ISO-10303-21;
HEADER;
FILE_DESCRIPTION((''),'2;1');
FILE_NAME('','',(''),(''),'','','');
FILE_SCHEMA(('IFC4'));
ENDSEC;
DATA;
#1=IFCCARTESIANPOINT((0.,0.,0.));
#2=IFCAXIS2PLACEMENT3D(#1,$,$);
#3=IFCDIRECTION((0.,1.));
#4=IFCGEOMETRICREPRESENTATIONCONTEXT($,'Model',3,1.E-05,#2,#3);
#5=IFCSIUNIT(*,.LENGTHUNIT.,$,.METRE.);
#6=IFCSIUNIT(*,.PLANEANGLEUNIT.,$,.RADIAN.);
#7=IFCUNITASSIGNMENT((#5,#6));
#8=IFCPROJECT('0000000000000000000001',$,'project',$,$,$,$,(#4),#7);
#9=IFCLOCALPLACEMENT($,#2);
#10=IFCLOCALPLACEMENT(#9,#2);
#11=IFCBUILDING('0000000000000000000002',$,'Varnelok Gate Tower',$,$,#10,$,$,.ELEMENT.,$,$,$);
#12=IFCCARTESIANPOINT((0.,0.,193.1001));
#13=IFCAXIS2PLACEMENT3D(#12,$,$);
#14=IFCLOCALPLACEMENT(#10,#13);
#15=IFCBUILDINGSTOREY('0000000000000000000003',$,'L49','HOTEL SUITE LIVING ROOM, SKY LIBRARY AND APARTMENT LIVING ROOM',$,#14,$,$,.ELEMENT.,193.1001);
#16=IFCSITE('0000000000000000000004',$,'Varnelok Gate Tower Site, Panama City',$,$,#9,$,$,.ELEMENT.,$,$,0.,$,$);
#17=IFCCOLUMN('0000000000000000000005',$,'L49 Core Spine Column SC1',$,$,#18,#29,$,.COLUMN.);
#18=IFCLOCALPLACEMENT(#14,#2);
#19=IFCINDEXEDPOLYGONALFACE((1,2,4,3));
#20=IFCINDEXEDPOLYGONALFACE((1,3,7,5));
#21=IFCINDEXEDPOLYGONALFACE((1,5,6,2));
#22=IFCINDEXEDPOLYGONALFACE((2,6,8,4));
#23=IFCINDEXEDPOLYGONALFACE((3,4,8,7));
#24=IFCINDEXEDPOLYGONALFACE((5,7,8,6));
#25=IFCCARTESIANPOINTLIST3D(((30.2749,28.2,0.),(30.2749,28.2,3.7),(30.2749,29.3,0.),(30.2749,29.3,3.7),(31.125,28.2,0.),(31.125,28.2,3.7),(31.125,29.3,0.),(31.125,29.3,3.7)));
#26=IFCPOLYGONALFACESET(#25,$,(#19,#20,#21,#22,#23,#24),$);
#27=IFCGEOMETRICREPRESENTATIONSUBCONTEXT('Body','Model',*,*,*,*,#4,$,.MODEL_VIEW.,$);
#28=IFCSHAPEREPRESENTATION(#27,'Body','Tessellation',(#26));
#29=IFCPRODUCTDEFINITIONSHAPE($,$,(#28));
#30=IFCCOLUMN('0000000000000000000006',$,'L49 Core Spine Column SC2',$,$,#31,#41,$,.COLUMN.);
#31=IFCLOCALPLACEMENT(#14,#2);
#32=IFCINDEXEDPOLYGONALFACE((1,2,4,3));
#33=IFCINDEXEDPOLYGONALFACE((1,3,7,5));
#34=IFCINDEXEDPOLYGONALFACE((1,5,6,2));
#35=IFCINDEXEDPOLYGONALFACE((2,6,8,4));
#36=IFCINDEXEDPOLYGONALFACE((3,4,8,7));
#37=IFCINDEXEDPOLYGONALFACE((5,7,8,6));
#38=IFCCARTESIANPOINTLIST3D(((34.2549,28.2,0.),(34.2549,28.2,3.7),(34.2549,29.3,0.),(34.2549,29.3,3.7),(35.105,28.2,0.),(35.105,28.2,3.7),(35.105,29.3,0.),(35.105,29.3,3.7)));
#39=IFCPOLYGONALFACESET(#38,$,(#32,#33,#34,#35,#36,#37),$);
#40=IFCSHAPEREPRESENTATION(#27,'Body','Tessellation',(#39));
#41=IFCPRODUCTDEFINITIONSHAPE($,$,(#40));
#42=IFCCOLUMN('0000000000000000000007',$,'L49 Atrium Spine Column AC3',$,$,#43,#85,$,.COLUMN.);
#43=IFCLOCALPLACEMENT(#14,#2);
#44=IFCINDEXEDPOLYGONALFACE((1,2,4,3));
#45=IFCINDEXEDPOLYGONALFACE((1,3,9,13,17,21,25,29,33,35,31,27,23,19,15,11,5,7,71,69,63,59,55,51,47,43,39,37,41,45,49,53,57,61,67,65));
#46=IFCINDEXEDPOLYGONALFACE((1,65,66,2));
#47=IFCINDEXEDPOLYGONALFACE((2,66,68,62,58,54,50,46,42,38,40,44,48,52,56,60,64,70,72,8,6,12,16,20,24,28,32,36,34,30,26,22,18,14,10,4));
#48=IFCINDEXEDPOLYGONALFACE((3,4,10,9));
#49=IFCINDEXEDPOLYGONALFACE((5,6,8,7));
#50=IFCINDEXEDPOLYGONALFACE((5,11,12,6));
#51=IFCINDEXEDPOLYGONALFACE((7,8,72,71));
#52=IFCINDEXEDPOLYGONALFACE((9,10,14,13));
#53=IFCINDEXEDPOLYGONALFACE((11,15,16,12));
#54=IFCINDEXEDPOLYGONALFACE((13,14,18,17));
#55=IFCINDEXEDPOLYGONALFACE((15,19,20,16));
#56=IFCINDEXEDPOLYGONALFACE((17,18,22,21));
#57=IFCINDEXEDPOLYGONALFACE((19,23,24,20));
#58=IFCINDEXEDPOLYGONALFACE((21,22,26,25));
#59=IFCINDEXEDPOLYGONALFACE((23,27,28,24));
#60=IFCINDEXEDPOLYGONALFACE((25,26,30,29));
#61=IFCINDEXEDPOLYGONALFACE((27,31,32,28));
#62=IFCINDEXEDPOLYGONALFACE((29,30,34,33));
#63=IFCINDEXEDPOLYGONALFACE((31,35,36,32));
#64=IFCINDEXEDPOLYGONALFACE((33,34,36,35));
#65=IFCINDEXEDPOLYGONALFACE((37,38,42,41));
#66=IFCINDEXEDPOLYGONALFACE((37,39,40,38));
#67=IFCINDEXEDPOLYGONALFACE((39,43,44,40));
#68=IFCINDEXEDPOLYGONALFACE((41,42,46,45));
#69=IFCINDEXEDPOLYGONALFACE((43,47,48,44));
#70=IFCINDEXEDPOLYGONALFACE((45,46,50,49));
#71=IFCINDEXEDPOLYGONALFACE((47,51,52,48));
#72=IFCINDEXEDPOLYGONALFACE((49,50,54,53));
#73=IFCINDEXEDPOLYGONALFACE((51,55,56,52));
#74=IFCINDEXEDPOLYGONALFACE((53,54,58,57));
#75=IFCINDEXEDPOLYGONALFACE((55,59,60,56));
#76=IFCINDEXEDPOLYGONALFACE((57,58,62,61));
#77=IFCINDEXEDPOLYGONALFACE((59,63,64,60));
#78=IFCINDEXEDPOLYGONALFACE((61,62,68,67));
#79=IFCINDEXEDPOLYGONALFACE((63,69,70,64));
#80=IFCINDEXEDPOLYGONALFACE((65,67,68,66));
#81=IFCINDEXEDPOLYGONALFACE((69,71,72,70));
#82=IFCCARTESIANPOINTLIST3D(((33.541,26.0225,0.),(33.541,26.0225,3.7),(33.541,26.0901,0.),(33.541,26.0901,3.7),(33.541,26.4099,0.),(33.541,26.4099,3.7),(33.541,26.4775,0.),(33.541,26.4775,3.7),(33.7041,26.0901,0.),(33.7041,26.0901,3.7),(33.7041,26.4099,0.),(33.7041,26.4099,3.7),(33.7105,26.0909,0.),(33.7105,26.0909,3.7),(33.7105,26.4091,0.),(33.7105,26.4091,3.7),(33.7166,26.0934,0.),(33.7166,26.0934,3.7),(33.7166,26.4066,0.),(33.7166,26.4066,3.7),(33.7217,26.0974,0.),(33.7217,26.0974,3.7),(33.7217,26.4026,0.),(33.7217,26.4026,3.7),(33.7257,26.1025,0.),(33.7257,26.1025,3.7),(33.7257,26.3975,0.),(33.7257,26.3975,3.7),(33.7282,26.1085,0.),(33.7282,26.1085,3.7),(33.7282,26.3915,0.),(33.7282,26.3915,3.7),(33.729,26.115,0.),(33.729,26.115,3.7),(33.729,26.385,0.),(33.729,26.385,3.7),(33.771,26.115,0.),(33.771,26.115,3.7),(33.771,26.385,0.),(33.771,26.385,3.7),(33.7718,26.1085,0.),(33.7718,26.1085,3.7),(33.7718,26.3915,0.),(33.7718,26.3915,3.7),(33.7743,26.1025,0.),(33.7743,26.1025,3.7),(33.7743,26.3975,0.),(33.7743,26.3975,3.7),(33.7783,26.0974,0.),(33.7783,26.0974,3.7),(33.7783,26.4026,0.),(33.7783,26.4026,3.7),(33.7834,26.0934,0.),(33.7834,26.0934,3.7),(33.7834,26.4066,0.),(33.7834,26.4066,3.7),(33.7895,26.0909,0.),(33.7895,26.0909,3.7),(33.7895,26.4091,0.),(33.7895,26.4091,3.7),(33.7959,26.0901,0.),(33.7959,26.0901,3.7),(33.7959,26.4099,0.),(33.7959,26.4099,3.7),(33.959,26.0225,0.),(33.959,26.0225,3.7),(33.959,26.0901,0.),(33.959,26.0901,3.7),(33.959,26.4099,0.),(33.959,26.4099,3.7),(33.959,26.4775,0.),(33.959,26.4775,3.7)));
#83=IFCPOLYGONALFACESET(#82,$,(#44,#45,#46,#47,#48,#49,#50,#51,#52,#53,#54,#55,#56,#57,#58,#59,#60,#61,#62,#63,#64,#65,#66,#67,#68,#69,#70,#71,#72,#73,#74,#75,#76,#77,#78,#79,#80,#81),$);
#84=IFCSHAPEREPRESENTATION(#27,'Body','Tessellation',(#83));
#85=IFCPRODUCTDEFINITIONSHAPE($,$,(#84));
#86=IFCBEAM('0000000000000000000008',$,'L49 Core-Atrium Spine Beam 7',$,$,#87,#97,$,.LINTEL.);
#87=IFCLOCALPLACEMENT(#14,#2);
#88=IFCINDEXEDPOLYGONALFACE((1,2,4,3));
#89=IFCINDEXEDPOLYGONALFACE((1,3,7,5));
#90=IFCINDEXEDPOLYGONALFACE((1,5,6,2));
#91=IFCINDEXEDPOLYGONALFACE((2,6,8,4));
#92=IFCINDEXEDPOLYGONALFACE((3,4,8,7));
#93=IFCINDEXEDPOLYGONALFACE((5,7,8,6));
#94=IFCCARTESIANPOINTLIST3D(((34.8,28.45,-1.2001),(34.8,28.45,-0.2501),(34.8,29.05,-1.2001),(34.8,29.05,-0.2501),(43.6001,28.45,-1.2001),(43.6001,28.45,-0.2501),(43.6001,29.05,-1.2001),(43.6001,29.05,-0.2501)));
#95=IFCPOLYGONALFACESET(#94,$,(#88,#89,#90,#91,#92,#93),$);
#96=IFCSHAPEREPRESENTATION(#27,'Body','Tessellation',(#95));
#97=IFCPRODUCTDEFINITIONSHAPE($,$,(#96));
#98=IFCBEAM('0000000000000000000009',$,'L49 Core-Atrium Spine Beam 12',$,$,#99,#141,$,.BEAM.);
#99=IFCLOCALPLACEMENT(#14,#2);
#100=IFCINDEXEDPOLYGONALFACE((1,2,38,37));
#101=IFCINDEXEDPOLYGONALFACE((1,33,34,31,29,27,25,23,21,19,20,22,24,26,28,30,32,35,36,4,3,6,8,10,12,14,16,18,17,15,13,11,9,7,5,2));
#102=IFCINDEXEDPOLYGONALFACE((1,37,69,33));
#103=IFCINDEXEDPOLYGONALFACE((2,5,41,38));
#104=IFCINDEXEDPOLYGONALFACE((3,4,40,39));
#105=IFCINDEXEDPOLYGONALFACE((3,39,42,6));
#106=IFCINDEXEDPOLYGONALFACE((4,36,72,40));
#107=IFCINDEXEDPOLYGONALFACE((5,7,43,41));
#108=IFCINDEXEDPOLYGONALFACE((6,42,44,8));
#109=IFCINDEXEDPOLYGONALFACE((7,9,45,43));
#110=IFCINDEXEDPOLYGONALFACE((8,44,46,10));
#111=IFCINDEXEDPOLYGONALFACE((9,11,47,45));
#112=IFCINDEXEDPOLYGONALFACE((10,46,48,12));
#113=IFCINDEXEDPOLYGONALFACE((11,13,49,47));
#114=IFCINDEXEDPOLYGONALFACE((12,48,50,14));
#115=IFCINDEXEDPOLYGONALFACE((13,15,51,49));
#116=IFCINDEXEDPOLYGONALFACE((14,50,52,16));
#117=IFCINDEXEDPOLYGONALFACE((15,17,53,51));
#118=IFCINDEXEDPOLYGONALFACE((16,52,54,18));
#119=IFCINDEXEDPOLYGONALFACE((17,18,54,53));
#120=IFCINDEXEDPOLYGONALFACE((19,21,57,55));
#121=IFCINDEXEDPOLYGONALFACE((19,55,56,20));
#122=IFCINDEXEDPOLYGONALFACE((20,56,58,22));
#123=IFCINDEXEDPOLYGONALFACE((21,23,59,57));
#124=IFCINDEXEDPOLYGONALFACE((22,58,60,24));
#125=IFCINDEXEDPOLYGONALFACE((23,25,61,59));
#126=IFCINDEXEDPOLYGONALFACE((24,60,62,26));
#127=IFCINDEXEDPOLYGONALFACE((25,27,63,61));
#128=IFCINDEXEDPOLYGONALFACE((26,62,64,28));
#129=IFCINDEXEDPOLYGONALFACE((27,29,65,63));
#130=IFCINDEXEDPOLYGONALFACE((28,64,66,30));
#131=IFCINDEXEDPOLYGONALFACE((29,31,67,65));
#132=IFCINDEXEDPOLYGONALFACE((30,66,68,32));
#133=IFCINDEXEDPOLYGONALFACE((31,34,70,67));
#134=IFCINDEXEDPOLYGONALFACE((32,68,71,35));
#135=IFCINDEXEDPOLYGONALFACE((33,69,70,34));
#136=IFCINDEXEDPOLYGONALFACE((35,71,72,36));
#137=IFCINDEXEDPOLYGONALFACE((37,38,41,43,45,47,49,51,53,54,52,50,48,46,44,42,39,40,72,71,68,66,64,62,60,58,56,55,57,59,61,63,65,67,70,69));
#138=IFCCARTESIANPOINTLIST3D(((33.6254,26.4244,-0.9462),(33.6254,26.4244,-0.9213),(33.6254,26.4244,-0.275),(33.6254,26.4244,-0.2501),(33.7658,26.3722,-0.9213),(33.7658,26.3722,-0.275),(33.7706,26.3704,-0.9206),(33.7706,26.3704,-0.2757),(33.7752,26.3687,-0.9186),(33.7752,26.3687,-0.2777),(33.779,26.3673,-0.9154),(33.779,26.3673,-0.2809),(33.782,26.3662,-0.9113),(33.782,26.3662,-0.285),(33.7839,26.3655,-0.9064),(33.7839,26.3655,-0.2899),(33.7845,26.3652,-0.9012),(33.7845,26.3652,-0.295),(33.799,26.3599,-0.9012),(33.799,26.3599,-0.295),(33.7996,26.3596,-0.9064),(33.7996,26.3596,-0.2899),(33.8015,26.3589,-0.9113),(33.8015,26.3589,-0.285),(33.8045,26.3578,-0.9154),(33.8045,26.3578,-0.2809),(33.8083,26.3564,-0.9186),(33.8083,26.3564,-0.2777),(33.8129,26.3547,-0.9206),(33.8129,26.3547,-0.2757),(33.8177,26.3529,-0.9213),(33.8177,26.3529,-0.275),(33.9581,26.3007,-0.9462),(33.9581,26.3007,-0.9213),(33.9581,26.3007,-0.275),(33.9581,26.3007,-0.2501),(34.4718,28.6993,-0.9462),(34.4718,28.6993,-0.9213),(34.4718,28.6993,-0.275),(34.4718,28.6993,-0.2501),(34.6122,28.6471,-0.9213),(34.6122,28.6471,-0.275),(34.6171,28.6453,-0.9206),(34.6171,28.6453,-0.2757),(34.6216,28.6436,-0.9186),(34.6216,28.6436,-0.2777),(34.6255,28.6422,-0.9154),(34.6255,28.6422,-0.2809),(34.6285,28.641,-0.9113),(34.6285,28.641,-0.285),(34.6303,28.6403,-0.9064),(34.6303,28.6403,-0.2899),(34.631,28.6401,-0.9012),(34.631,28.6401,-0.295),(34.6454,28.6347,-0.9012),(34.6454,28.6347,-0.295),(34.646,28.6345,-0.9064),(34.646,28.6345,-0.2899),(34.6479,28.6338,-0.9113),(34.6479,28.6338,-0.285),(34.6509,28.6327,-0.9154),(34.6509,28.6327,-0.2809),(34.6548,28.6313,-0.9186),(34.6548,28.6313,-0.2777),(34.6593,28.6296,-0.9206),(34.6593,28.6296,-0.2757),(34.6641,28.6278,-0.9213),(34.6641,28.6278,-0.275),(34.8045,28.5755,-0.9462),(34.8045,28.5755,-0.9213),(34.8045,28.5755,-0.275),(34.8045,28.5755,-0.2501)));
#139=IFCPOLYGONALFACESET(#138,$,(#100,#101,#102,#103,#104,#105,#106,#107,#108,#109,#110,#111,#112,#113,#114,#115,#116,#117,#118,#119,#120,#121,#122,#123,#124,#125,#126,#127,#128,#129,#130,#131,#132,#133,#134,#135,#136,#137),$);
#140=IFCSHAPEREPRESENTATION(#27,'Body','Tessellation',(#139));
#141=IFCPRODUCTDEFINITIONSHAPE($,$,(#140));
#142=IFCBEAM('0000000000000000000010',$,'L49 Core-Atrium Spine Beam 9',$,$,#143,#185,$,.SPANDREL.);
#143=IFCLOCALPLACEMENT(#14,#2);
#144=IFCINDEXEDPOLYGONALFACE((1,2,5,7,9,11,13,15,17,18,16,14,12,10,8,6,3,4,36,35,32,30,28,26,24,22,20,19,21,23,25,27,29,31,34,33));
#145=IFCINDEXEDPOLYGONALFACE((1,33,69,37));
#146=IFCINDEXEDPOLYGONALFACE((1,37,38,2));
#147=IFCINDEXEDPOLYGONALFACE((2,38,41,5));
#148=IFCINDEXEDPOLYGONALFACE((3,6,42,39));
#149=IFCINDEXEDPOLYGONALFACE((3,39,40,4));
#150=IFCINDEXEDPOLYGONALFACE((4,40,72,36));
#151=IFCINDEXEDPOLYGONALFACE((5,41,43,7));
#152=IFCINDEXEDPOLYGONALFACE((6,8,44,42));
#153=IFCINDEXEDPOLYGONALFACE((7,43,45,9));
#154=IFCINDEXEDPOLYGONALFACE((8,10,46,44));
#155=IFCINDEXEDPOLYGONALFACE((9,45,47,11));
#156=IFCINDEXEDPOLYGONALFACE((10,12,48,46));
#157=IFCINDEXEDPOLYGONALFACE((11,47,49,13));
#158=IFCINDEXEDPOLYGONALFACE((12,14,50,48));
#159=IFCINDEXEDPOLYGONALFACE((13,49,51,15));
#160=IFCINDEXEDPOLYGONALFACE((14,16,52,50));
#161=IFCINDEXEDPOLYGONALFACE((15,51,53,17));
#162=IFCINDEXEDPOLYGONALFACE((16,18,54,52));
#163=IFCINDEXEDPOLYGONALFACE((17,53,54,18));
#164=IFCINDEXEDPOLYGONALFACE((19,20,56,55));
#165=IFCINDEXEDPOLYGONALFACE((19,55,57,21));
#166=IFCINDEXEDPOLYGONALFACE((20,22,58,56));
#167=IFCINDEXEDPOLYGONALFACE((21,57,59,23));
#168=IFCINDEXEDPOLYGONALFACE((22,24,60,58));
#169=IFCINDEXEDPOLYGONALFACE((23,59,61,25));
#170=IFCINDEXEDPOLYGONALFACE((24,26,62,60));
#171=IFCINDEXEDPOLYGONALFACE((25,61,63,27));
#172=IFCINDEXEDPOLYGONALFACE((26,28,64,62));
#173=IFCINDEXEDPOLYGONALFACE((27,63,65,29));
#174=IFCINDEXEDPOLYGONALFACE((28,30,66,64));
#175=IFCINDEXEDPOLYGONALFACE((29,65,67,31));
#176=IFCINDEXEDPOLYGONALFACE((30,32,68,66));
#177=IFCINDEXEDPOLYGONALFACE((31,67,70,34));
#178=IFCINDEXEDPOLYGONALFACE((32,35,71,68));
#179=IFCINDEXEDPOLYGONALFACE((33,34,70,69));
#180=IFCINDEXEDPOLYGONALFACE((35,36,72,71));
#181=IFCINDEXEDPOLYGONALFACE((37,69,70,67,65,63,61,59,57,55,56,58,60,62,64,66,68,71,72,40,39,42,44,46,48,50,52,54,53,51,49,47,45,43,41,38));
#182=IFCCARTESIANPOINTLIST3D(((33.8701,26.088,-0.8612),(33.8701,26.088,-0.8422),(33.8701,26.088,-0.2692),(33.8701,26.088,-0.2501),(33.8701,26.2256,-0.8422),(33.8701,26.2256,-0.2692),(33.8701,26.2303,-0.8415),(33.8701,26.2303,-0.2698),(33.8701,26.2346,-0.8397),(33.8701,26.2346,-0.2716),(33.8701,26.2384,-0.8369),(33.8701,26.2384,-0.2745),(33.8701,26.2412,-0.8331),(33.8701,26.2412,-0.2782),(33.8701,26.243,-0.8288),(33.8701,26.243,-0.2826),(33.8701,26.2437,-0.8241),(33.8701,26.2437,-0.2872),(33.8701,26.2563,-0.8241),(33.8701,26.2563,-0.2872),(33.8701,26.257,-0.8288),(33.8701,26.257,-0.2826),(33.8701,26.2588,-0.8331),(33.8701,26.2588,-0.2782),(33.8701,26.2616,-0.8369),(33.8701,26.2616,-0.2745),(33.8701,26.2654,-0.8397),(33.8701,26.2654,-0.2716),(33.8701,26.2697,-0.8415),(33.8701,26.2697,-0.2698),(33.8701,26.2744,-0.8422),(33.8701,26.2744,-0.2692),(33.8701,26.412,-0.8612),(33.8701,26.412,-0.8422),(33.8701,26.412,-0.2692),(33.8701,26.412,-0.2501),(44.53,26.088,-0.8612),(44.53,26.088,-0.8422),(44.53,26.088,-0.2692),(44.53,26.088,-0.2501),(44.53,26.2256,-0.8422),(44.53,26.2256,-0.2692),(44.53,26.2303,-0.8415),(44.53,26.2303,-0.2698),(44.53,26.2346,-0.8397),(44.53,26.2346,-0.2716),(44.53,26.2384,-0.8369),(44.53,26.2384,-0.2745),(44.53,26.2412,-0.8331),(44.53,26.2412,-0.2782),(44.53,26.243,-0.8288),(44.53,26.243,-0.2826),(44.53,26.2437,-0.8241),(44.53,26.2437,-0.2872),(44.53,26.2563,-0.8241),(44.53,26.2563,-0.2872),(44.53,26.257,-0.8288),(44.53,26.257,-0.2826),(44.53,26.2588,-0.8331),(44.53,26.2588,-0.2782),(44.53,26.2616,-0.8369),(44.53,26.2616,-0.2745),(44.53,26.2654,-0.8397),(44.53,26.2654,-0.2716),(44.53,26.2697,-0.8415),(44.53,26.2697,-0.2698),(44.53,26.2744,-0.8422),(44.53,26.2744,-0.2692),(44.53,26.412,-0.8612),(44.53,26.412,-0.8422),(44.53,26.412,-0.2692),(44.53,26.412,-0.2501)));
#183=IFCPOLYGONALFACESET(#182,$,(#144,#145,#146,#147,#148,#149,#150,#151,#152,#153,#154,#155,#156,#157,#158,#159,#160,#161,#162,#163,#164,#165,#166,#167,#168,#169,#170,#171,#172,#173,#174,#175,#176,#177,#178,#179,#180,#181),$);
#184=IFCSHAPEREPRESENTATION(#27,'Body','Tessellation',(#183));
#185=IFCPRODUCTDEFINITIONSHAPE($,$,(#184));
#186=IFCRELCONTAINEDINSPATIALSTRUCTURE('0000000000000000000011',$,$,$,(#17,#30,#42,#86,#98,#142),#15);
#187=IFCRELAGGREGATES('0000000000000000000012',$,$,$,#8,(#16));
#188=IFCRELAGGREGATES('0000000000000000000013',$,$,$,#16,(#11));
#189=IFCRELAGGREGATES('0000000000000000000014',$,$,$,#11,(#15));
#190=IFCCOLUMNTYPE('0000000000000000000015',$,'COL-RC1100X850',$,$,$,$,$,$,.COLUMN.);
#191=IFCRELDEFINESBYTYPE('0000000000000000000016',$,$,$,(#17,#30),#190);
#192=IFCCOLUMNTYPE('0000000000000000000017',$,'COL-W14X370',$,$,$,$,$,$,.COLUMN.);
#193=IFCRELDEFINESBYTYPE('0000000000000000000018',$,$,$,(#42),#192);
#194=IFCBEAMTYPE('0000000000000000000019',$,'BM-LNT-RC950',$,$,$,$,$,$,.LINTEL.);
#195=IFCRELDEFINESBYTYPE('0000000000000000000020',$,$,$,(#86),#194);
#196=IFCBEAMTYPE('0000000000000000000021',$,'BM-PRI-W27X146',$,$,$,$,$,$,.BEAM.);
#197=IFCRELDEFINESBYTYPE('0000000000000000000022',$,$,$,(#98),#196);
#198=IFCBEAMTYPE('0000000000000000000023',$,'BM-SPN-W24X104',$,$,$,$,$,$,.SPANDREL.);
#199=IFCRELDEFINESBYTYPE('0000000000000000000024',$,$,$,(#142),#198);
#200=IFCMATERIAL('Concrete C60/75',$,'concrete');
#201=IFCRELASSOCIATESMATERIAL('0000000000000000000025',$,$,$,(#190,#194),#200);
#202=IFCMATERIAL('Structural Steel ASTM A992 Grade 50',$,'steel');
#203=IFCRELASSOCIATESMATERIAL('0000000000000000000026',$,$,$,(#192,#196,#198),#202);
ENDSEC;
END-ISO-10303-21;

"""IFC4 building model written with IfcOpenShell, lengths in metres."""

from ifc_helpers import new_model, si_unit, direction, frame, origin, origin_2d, place, context, subcontext, project, spatial, rectangle, i_section, extrude, material, material_profile, profile_set, type_object, element, save


model = new_model("IFC4")

# Units and contexts
model_context = context("Model", 3, precision=1e-05, world=origin(), true_north=direction((0.0, 1.0)))
body_context = subcontext(model_context, "Body", "Model", "MODEL_VIEW")
ifc_project = project(units=[si_unit("LENGTHUNIT", "METRE"), si_unit("PLANEANGLEUNIT", "RADIAN")], contexts=[model_context])

# Site, building, storey
site_placement = place(None, origin())
site = spatial("IfcSite", under=ifc_project, at=site_placement, Name="Varnelok Gate Tower Site, Panama City", CompositionType="ELEMENT", RefElevation=0.0)
building_placement = place(site_placement, origin())
building = spatial("IfcBuilding", under=site, at=building_placement, Name="Varnelok Gate Tower", CompositionType="ELEMENT")
storey_placement = place(building_placement, frame((0.0, 0.0, 193.1001)))
storey = spatial("IfcBuildingStorey", under=building, at=storey_placement, Name="L49", Description="HOTEL SUITE LIVING ROOM, SKY LIBRARY AND APARTMENT LIVING ROOM", CompositionType="ELEMENT", Elevation=193.1001)

# Columns
ifc_material_1 = material(Name="Concrete C60/75", Category="concrete")
ifc_material_profile_1 = material_profile(ifc_material_1, rectangle(XDim=0.8501, YDim=1.1001, at=origin_2d()), Name="RC1100X850")
ifc_profile_set_1 = profile_set([ifc_material_profile_1], Name="Concrete C60/75")
column_type_1 = type_object("IfcColumnType", Name="COL-RC1100X850", PredefinedType="COLUMN", material=ifc_profile_set_1)
for number, where, z_axis, x_axis, name in (
    (1, (30.7, 28.75, 0.0), (0.0, 0.0, 1.0), (1.0, 0.0, 0.0), "L49 Core Spine Column SC1"),
    (2, (34.6799, 28.75, 0.0), (0.0, 0.0, 1.0), (1.0, 0.0, 0.0), "L49 Core Spine Column SC2"),
):
    element("IfcColumn", number, at=place(storey_placement, frame(where, z_axis=z_axis, x_axis=x_axis)), inside=storey, type_object=column_type_1, Name=name, PredefinedType="COLUMN", context=body_context, shape_type="SweptSolid", body=[
        extrude(rectangle(XDim=0.8501, YDim=1.1001, at=origin_2d()), origin(), (0.0, 0.0, 1.0), 3.7),
    ])
ifc_material_2 = material(Name="Structural Steel ASTM A992 Grade 50", Category="steel")
ifc_material_profile_2 = material_profile(ifc_material_2, i_section(OverallWidth=0.418, OverallDepth=0.4551, WebThickness=0.042, FlangeThickness=0.0676, FilletRadius=0.0249, at=origin_2d()), Name="W14X370")
ifc_profile_set_2 = profile_set([ifc_material_profile_2], Name="Structural Steel ASTM A992 Grade 50")
column_type_2 = type_object("IfcColumnType", Name="COL-W14X370", PredefinedType="COLUMN", material=ifc_profile_set_2)
column_placement = place(storey_placement, frame((33.75, 26.25, 0.0), z_axis=(0.0, 0.0, 1.0), x_axis=(1.0, 0.0, 0.0)))
element("IfcColumn", 3, at=column_placement, inside=storey, type_object=column_type_2, Name="L49 Atrium Spine Column AC3", PredefinedType="COLUMN", context=body_context, shape_type="SweptSolid", body=[
    extrude(i_section(OverallWidth=0.418, OverallDepth=0.4551, WebThickness=0.042, FlangeThickness=0.0676, FilletRadius=0.0249, at=origin_2d()), origin(), (0.0, 0.0, 1.0), 3.7),
])

# Beams
ifc_material_profile_3 = material_profile(ifc_material_1, rectangle(XDim=0.6001, YDim=0.95, at=origin_2d()), Name="RC950X600")
ifc_profile_set_3 = profile_set([ifc_material_profile_3], Name="Concrete C60/75")
beam_type_1 = type_object("IfcBeamType", Name="BM-LNT-RC950", PredefinedType="LINTEL", material=ifc_profile_set_3)
beam_1_placement = place(storey_placement, frame((34.8, 28.75, -0.7251), z_axis=(1.0, 0.0, 0.0), x_axis=(0.0, 1.0, 0.0)))
element("IfcBeam", 4, at=beam_1_placement, inside=storey, type_object=beam_type_1, Name="L49 Core-Atrium Spine Beam 7", PredefinedType="LINTEL", context=body_context, shape_type="SweptSolid", body=[
    extrude(rectangle(XDim=0.6001, YDim=0.95, at=origin_2d()), origin(), (0.0, 0.0, 1.0), 8.8),
])
ifc_material_profile_4 = material_profile(ifc_material_2, i_section(OverallWidth=0.355, OverallDepth=0.696, WebThickness=0.0154, FlangeThickness=0.0249, FilletRadius=0.02, at=origin_2d()), Name="W27X146")
ifc_profile_set_4 = profile_set([ifc_material_profile_4], Name="Structural Steel ASTM A992 Grade 50")
beam_type_2 = type_object("IfcBeamType", Name="BM-PRI-W27X146", PredefinedType="BEAM", material=ifc_profile_set_4)
beam_2_placement = place(storey_placement, frame((33.7917, 26.3625, -0.5981), z_axis=(0.348719, 0.937227, 0.0), x_axis=(-0.937227, 0.348719, 0.0)))
element("IfcBeam", 5, at=beam_2_placement, inside=storey, type_object=beam_type_2, Name="L49 Core-Atrium Spine Beam 12", PredefinedType="BEAM", context=body_context, shape_type="SweptSolid", body=[
    extrude(i_section(OverallWidth=0.355, OverallDepth=0.696, WebThickness=0.0154, FlangeThickness=0.0249, FilletRadius=0.02, at=origin_2d()), origin(), (0.0, 0.0, 1.0), 2.4272),
])
ifc_material_profile_5 = material_profile(ifc_material_2, i_section(OverallWidth=0.324, OverallDepth=0.6111, WebThickness=0.0127, FlangeThickness=0.019, FilletRadius=0.0181, at=origin_2d()), Name="W24X104")
ifc_profile_set_5 = profile_set([ifc_material_profile_5], Name="Structural Steel ASTM A992 Grade 50")
beam_type_3 = type_object("IfcBeamType", Name="BM-SPN-W24X104", PredefinedType="SPANDREL", material=ifc_profile_set_5)
beam_3_placement = place(storey_placement, frame((33.8701, 26.25, -0.5557), z_axis=(1.0, 0.0, 0.0), x_axis=(0.0, 1.0, 0.0)))
element("IfcBeam", 6, at=beam_3_placement, inside=storey, type_object=beam_type_3, Name="L49 Core-Atrium Spine Beam 9", PredefinedType="SPANDREL", context=body_context, shape_type="SweptSolid", body=[
    extrude(i_section(OverallWidth=0.324, OverallDepth=0.6111, WebThickness=0.0127, FlangeThickness=0.019, FilletRadius=0.0181, at=origin_2d()), origin(), (0.0, 0.0, 1.0), 10.6599),
])

save(model, "model.ifc")
